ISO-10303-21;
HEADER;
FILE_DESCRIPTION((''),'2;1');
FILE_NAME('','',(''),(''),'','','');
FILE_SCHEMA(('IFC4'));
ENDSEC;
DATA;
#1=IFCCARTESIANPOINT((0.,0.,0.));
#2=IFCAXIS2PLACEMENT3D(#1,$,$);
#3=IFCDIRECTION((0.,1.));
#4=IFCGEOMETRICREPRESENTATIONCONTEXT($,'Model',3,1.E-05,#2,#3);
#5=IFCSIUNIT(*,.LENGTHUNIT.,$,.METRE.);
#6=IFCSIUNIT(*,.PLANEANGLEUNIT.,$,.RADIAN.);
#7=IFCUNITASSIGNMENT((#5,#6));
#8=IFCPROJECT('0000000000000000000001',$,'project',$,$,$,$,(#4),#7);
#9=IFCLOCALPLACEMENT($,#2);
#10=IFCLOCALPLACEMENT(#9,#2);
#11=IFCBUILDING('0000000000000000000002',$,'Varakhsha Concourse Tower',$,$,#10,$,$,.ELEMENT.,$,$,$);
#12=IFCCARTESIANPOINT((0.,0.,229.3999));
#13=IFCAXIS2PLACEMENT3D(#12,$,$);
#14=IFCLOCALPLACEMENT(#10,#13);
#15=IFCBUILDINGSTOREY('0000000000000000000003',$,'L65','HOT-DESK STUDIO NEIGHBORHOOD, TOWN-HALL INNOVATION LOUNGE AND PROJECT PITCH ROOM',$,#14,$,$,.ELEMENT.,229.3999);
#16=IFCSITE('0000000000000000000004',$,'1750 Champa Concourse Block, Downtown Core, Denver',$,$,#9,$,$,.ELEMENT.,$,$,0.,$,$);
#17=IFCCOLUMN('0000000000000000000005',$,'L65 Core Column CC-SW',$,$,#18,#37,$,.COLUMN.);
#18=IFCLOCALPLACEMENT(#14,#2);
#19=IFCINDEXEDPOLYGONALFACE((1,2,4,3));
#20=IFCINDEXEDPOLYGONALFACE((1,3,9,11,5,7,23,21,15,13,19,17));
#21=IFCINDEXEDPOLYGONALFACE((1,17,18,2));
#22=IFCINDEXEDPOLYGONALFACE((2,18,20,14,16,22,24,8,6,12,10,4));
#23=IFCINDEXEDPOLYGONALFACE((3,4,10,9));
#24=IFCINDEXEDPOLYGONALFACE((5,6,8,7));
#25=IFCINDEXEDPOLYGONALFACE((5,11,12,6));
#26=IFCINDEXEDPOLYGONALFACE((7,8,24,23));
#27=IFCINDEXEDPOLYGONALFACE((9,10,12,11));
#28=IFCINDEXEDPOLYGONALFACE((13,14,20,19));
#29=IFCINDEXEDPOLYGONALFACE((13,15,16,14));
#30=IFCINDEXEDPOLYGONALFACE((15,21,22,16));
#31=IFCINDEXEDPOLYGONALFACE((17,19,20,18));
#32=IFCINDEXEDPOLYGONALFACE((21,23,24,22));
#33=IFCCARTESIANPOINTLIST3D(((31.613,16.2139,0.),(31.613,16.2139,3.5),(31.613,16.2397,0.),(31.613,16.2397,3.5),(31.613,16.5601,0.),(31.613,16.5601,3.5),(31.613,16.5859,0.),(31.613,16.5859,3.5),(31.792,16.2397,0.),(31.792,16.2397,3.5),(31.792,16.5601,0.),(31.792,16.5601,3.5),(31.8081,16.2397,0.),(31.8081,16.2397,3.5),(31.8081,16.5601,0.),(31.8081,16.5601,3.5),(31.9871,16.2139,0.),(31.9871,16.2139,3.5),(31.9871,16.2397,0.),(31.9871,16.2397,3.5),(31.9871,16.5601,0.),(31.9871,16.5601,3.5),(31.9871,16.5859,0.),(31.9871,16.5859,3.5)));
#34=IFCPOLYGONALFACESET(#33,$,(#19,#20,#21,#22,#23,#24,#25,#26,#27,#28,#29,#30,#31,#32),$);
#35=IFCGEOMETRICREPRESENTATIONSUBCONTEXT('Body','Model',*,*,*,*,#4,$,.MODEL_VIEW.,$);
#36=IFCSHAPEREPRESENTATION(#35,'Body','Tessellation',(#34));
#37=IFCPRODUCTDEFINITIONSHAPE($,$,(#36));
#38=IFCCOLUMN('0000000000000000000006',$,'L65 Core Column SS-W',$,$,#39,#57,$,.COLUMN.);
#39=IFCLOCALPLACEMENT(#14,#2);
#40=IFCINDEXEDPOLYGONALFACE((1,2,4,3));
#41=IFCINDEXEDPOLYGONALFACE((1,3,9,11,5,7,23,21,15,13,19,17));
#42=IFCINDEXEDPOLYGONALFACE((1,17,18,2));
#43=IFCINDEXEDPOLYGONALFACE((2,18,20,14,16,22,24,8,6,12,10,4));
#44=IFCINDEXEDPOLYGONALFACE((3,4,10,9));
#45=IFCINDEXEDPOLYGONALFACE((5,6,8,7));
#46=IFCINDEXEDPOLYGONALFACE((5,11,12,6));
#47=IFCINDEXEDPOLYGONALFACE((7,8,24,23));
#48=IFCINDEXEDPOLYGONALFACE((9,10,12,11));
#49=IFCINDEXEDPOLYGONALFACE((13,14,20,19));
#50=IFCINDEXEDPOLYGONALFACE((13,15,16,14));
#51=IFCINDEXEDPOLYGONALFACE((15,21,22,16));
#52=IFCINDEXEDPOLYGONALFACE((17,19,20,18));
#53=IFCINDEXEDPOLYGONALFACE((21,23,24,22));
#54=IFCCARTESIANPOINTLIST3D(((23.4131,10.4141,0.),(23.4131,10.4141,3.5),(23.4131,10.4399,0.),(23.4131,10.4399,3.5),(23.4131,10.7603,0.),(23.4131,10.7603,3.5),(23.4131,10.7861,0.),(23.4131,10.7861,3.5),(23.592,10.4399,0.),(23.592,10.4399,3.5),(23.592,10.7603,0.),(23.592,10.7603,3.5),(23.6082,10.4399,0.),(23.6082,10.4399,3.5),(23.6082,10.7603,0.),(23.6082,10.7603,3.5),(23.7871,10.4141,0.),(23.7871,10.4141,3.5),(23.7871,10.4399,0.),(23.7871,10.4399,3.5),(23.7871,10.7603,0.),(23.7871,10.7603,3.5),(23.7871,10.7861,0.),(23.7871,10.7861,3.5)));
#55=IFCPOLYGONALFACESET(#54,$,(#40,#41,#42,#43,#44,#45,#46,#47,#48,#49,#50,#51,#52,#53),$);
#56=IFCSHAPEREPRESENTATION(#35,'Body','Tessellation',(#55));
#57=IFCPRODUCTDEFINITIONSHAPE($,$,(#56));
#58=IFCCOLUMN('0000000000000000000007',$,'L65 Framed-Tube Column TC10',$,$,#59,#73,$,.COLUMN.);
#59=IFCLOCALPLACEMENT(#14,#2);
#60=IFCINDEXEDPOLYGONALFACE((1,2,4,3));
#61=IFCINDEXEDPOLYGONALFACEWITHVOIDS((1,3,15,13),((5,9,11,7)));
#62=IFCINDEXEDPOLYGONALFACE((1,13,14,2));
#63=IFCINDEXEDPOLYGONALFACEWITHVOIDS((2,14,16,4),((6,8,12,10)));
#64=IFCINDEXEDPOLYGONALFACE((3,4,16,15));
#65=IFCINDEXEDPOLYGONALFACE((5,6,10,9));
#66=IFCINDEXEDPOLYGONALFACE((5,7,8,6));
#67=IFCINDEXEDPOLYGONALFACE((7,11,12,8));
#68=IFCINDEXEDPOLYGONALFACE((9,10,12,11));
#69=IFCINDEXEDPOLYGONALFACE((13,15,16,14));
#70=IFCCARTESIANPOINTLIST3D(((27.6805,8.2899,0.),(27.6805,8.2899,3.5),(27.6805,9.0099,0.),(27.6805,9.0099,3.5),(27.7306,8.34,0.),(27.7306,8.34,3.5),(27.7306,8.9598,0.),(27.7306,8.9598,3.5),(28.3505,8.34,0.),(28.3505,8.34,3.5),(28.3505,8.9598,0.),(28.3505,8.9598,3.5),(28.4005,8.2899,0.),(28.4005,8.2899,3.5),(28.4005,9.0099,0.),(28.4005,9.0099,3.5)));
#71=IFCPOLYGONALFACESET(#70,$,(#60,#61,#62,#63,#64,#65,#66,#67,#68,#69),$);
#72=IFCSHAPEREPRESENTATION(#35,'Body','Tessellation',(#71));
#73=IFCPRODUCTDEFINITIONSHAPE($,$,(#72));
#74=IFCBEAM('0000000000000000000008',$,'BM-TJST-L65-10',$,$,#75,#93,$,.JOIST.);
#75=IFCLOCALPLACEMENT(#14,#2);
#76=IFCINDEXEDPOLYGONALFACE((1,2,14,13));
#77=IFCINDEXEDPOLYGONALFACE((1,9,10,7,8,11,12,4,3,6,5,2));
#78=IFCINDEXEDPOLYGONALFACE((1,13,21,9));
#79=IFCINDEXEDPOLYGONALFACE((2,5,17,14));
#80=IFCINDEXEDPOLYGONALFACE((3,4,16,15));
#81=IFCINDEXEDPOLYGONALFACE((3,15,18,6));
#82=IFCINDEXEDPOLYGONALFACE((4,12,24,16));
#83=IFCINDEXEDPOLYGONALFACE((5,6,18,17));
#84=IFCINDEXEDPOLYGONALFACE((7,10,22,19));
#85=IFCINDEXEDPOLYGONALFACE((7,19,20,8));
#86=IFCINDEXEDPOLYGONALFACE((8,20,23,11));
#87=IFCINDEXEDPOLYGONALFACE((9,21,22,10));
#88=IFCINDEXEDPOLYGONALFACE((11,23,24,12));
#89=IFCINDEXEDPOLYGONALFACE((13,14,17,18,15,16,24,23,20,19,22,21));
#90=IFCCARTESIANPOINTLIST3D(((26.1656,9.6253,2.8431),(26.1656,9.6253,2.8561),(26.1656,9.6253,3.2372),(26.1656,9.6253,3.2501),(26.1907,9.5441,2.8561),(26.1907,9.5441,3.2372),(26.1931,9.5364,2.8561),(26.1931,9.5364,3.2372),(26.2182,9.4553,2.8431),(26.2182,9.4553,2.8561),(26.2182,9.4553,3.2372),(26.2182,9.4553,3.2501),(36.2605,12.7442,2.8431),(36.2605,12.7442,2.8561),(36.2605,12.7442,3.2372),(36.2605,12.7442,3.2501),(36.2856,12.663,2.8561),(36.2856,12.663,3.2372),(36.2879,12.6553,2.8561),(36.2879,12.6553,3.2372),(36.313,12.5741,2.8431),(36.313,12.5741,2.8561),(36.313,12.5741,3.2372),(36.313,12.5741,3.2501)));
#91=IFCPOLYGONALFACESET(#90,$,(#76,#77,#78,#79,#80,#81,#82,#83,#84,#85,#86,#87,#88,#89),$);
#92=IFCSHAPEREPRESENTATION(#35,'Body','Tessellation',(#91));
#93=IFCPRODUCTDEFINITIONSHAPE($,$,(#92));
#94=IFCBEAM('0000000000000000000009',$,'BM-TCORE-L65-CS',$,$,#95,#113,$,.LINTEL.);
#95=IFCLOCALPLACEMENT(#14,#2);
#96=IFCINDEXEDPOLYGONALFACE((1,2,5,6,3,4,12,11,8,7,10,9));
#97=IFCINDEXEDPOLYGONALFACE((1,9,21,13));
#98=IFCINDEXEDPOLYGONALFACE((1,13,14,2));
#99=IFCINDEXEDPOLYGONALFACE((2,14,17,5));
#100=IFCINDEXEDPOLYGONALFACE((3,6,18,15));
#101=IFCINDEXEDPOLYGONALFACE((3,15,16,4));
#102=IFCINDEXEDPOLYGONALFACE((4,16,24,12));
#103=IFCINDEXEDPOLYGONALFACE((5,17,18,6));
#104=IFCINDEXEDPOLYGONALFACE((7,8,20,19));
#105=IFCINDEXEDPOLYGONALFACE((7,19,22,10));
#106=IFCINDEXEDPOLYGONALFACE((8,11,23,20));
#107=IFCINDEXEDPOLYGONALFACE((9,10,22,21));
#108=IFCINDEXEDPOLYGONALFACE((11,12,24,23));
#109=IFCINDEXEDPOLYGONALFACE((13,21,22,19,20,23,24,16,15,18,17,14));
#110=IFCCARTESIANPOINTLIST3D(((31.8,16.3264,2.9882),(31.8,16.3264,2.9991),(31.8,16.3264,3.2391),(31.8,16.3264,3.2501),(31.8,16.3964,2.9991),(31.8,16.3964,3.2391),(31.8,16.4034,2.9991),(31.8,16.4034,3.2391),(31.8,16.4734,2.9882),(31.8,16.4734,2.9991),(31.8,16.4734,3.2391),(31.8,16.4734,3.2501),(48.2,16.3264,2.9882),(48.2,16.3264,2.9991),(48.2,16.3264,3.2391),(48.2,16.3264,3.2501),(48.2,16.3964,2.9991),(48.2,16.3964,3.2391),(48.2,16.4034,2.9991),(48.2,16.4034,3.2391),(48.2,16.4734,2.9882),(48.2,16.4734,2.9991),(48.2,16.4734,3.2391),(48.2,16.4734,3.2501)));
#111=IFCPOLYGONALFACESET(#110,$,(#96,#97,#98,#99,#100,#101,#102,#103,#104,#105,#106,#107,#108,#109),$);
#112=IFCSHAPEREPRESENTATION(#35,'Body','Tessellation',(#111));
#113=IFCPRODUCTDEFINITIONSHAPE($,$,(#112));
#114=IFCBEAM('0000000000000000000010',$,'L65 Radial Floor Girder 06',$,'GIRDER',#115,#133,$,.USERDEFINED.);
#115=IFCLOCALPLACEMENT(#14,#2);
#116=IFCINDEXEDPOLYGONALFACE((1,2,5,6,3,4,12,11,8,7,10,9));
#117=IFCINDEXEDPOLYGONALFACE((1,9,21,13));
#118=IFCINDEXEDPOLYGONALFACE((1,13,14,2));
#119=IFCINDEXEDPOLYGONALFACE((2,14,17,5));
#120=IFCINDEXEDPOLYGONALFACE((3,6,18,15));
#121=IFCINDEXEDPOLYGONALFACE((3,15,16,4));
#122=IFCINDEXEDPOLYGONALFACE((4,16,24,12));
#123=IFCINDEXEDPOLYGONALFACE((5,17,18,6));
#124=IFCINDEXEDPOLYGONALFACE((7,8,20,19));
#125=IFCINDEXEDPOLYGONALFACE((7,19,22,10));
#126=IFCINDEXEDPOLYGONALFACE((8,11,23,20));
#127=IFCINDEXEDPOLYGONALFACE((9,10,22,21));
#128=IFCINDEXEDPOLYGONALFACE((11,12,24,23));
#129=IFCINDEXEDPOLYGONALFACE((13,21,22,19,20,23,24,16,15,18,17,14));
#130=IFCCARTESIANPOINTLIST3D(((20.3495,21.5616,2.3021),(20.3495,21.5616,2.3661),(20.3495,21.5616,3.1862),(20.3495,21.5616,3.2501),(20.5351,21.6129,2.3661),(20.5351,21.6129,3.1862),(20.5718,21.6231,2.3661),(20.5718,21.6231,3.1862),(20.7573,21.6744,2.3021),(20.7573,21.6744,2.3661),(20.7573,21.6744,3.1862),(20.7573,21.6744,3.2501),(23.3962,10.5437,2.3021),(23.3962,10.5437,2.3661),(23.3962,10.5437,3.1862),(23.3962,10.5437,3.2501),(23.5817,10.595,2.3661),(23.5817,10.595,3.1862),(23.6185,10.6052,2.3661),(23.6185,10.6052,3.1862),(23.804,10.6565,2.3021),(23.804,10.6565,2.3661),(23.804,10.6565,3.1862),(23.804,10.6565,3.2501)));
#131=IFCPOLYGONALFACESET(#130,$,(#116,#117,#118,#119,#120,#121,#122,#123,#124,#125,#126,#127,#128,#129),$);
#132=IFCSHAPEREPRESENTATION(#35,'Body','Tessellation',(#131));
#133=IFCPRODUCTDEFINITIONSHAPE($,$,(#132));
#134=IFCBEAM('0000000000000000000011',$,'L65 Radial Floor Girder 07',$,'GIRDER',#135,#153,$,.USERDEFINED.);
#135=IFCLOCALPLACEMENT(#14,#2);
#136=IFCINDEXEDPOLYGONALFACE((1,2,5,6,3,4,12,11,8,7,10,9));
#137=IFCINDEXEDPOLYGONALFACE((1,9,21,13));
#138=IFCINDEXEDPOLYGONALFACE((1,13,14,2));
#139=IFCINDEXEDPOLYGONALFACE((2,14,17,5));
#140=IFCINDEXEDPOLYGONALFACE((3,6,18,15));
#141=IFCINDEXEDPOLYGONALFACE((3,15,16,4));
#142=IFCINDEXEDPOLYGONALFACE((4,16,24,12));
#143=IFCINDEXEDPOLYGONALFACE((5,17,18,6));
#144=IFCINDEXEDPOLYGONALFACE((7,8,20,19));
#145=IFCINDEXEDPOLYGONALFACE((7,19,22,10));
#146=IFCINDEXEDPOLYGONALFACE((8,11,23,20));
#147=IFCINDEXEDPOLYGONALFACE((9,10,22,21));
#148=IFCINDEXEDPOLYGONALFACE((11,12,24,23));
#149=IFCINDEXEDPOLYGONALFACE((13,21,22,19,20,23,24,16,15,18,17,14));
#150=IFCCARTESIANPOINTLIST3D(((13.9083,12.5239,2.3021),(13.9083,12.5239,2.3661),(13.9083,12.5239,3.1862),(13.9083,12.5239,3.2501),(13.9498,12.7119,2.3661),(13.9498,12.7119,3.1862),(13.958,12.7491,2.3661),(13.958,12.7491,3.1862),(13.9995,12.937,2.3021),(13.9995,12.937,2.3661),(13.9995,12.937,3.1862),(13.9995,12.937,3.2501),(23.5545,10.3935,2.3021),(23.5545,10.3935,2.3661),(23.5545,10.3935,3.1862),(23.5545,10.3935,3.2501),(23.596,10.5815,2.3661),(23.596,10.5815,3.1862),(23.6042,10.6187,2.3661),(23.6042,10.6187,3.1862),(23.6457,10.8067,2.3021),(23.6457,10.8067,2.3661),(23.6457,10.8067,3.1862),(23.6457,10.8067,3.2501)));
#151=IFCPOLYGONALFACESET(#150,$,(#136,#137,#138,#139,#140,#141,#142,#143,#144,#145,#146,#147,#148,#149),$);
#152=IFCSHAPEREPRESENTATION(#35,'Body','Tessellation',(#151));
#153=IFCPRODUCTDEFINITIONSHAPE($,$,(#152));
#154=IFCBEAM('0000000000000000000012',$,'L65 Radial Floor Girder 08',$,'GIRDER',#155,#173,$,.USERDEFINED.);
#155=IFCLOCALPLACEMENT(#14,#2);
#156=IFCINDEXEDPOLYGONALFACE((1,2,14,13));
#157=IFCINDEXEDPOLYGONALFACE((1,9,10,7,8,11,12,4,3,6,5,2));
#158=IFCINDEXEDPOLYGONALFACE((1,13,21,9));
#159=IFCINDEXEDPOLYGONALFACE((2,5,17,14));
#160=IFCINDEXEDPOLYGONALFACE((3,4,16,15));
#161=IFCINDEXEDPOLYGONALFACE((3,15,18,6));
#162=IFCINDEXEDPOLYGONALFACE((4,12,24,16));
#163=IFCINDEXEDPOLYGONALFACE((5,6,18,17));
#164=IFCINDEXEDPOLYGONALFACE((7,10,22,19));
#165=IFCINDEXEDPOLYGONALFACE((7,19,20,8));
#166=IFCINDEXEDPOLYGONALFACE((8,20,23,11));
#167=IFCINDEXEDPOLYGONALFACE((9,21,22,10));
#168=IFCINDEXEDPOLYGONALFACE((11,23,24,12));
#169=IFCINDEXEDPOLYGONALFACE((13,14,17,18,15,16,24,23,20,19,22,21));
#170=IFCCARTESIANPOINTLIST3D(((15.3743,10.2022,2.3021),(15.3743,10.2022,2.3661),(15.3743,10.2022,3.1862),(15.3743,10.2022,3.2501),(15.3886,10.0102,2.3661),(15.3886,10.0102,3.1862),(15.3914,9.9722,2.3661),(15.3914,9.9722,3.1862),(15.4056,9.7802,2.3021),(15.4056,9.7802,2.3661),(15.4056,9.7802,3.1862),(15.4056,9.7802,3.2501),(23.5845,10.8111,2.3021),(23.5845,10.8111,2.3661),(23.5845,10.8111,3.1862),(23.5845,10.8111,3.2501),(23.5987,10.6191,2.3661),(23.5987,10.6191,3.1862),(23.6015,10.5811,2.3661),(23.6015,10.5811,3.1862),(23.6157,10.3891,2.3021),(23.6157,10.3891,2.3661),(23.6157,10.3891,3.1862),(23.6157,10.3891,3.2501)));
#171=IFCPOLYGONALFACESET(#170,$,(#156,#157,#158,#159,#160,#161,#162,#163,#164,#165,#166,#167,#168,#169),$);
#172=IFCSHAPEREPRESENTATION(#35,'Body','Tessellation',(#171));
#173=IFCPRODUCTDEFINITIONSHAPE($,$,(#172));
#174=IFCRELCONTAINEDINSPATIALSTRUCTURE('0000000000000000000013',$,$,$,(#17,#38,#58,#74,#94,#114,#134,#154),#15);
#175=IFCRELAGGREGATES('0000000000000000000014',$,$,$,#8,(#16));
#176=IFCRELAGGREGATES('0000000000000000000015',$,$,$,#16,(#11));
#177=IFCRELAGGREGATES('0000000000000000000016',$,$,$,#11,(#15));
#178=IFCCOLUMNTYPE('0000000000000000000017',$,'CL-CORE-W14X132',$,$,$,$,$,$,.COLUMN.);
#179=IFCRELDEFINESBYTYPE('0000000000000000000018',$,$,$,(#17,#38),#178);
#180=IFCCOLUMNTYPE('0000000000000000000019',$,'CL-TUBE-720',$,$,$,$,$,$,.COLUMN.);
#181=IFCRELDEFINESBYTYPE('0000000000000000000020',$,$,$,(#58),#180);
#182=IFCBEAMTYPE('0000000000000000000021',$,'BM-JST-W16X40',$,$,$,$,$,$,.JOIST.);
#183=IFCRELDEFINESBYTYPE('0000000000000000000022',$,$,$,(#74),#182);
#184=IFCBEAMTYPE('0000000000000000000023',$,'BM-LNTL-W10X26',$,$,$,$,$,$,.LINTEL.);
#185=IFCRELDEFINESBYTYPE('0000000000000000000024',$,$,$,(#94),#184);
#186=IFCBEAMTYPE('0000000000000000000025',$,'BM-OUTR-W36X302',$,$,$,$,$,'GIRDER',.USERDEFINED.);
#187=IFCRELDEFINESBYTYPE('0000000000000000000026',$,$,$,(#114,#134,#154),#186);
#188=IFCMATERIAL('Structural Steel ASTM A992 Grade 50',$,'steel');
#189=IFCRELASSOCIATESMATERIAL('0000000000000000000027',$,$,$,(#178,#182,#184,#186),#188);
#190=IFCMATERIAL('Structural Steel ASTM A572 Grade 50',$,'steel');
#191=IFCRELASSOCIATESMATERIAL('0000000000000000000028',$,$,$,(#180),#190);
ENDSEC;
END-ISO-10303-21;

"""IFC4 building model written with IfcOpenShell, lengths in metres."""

from ifc_helpers import new_model, si_unit, direction, frame, origin, origin_2d, place, context, subcontext, project, spatial, hollow_rectangle, i_section, extrude, material, material_profile, profile_set, type_object, element, save


model = new_model("IFC4")

# Units and contexts
model_context = context("Model", 3, precision=1e-05, world=origin(), true_north=direction((0.0, 1.0)))
body_context = subcontext(model_context, "Body", "Model", "MODEL_VIEW")
ifc_project = project(units=[si_unit("LENGTHUNIT", "METRE"), si_unit("PLANEANGLEUNIT", "RADIAN")], contexts=[model_context])

# Site, building, storey
site_placement = place(None, origin())
site = spatial("IfcSite", under=ifc_project, at=site_placement, Name="1750 Champa Concourse Block, Downtown Core, Denver", CompositionType="ELEMENT", RefElevation=0.0)
building_placement = place(site_placement, origin())
building = spatial("IfcBuilding", under=site, at=building_placement, Name="Varakhsha Concourse Tower", CompositionType="ELEMENT")
storey_placement = place(building_placement, frame((0.0, 0.0, 229.3999)))
storey = spatial("IfcBuildingStorey", under=building, at=storey_placement, Name="L65", Description="HOT-DESK STUDIO NEIGHBORHOOD, TOWN-HALL INNOVATION LOUNGE AND PROJECT PITCH ROOM", CompositionType="ELEMENT", Elevation=229.3999)

# Columns
ifc_material_1 = material(Name="Structural Steel ASTM A992 Grade 50", Category="steel")
ifc_material_profile_1 = material_profile(ifc_material_1, i_section(OverallWidth=0.374, OverallDepth=0.3721, WebThickness=0.0161, FlangeThickness=0.0259, at=origin_2d()), Name="W14X132")
ifc_profile_set_1 = profile_set([ifc_material_profile_1], Name="Structural Steel ASTM A992 Grade 50")
column_type_1 = type_object("IfcColumnType", Name="CL-CORE-W14X132", PredefinedType="COLUMN", material=ifc_profile_set_1)
for number, where, z_axis, x_axis, name in (
    (1, (31.8, 16.3999, 0.0), (0.0, 0.0, 1.0), (1.0, 0.0, 0.0), "L65 Core Column CC-SW"),
    (2, (23.6001, 10.6001, 0.0), (0.0, 0.0, 1.0), (1.0, 0.0, 0.0), "L65 Core Column SS-W"),
):
    element("IfcColumn", number, at=place(storey_placement, frame(where, z_axis=z_axis, x_axis=x_axis)), inside=storey, type_object=column_type_1, Name=name, PredefinedType="COLUMN", context=body_context, shape_type="SweptSolid", body=[
        extrude(i_section(OverallWidth=0.374, OverallDepth=0.3721, WebThickness=0.0161, FlangeThickness=0.0259, at=origin_2d()), origin(), (0.0, 0.0, 1.0), 3.5),
    ])
ifc_material_2 = material(Name="Structural Steel ASTM A572 Grade 50", Category="steel")
ifc_material_profile_2 = material_profile(ifc_material_2, hollow_rectangle(XDim=0.72, YDim=0.72, WallThickness=0.05, at=origin_2d()), Name="BOX 720x720x50")
ifc_profile_set_2 = profile_set([ifc_material_profile_2], Name="Structural Steel ASTM A572 Grade 50")
column_type_2 = type_object("IfcColumnType", Name="CL-TUBE-720", PredefinedType="COLUMN", material=ifc_profile_set_2)
column_placement = place(storey_placement, frame((28.0405, 8.6499, 0.0), z_axis=(0.0, 0.0, 1.0), x_axis=(1.0, 0.0, 0.0)))
element("IfcColumn", 3, at=column_placement, inside=storey, type_object=column_type_2, Name="L65 Framed-Tube Column TC10", PredefinedType="COLUMN", context=body_context, shape_type="SweptSolid", body=[
    extrude(hollow_rectangle(XDim=0.72, YDim=0.72, WallThickness=0.05, at=origin_2d()), origin(), (0.0, 0.0, 1.0), 3.5),
])

# Beams
ifc_material_profile_3 = material_profile(ifc_material_1, i_section(OverallWidth=0.178, OverallDepth=0.407, WebThickness=0.0081, FlangeThickness=0.0129, at=origin_2d()), Name="W16X40")
ifc_profile_set_3 = profile_set([ifc_material_profile_3], Name="Structural Steel ASTM A992 Grade 50")
beam_type_1 = type_object("IfcBeamType", Name="BM-JST-W16X40", PredefinedType="JOIST", material=ifc_profile_set_3)
beam_1_placement = place(storey_placement, frame((26.1919, 9.5403, 3.0466), z_axis=(0.955439, 0.295188, 0.0), x_axis=(-0.295188, 0.955439, 0.0)))
element("IfcBeam", 4, at=beam_1_placement, inside=storey, type_object=beam_type_1, Name="BM-TJST-L65-10", PredefinedType="JOIST", context=body_context, shape_type="SweptSolid", body=[
    extrude(i_section(OverallWidth=0.178, OverallDepth=0.407, WebThickness=0.0081, FlangeThickness=0.0129, at=origin_2d()), origin(), (0.0, 0.0, 1.0), 10.5657),
])
ifc_material_profile_4 = material_profile(ifc_material_1, i_section(OverallWidth=0.147, OverallDepth=0.262, WebThickness=0.0071, FlangeThickness=0.011, at=origin_2d()), Name="W10X26")
ifc_profile_set_4 = profile_set([ifc_material_profile_4], Name="Structural Steel ASTM A992 Grade 50")
beam_type_2 = type_object("IfcBeamType", Name="BM-LNTL-W10X26", PredefinedType="LINTEL", material=ifc_profile_set_4)
beam_2_placement = place(storey_placement, frame((31.8, 16.3999, 3.1191), z_axis=(1.0, 0.0, 0.0), x_axis=(0.0, 1.0, 0.0)))
element("IfcBeam", 5, at=beam_2_placement, inside=storey, type_object=beam_type_2, Name="BM-TCORE-L65-CS", PredefinedType="LINTEL", context=body_context, shape_type="SweptSolid", body=[
    extrude(i_section(OverallWidth=0.147, OverallDepth=0.262, WebThickness=0.0071, FlangeThickness=0.011, at=origin_2d()), origin(), (0.0, 0.0, 1.0), 16.3999),
])
ifc_material_profile_5 = material_profile(ifc_material_1, i_section(OverallWidth=0.4231, OverallDepth=0.948, WebThickness=0.0381, FlangeThickness=0.064, at=origin_2d()), Name="W36X302")
ifc_profile_set_5 = profile_set([ifc_material_profile_5], Name="Structural Steel ASTM A992 Grade 50")
beam_type_3 = type_object("IfcBeamType", Name="BM-OUTR-W36X302", ElementType="GIRDER", PredefinedType="USERDEFINED", material=ifc_profile_set_5)
beam_3_placement = place(storey_placement, frame((23.6001, 10.6001, 2.7761), z_axis=(-0.266517, 0.96383, 0.0), x_axis=(-0.96383, -0.266517, 0.0)))
element("IfcBeam", 6, at=beam_3_placement, inside=storey, type_object=beam_type_3, Name="L65 Radial Floor Girder 06", ObjectType="GIRDER", PredefinedType="USERDEFINED", context=body_context, shape_type="SweptSolid", body=[
    extrude(i_section(OverallWidth=0.4231, OverallDepth=0.948, WebThickness=0.0381, FlangeThickness=0.064, at=origin_2d()), origin(), (0.0, 0.0, 1.0), 11.4314),
])
beam_4_placement = place(storey_placement, frame((23.6001, 10.6001, 2.7761), z_axis=(-0.97647, 0.215653, 0.0), x_axis=(-0.215653, -0.97647, 0.0)))
element("IfcBeam", 7, at=beam_4_placement, inside=storey, type_object=beam_type_3, Name="L65 Radial Floor Girder 07", ObjectType="GIRDER", PredefinedType="USERDEFINED", context=body_context, shape_type="SweptSolid", body=[
    extrude(i_section(OverallWidth=0.4231, OverallDepth=0.948, WebThickness=0.0381, FlangeThickness=0.064, at=origin_2d()), origin(), (0.0, 0.0, 1.0), 9.8787),
])
beam_5_placement = place(storey_placement, frame((23.6001, 10.6001, 2.7761), z_axis=(-0.997261, -0.073959, 0.0), x_axis=(0.073959, -0.997261, 0.0)))
element("IfcBeam", 8, at=beam_5_placement, inside=storey, type_object=beam_type_3, Name="L65 Radial Floor Girder 08", ObjectType="GIRDER", PredefinedType="USERDEFINED", context=body_context, shape_type="SweptSolid", body=[
    extrude(i_section(OverallWidth=0.4231, OverallDepth=0.948, WebThickness=0.0381, FlangeThickness=0.064, at=origin_2d()), origin(), (0.0, 0.0, 1.0), 8.2327),
])

save(model, "model.ifc")
